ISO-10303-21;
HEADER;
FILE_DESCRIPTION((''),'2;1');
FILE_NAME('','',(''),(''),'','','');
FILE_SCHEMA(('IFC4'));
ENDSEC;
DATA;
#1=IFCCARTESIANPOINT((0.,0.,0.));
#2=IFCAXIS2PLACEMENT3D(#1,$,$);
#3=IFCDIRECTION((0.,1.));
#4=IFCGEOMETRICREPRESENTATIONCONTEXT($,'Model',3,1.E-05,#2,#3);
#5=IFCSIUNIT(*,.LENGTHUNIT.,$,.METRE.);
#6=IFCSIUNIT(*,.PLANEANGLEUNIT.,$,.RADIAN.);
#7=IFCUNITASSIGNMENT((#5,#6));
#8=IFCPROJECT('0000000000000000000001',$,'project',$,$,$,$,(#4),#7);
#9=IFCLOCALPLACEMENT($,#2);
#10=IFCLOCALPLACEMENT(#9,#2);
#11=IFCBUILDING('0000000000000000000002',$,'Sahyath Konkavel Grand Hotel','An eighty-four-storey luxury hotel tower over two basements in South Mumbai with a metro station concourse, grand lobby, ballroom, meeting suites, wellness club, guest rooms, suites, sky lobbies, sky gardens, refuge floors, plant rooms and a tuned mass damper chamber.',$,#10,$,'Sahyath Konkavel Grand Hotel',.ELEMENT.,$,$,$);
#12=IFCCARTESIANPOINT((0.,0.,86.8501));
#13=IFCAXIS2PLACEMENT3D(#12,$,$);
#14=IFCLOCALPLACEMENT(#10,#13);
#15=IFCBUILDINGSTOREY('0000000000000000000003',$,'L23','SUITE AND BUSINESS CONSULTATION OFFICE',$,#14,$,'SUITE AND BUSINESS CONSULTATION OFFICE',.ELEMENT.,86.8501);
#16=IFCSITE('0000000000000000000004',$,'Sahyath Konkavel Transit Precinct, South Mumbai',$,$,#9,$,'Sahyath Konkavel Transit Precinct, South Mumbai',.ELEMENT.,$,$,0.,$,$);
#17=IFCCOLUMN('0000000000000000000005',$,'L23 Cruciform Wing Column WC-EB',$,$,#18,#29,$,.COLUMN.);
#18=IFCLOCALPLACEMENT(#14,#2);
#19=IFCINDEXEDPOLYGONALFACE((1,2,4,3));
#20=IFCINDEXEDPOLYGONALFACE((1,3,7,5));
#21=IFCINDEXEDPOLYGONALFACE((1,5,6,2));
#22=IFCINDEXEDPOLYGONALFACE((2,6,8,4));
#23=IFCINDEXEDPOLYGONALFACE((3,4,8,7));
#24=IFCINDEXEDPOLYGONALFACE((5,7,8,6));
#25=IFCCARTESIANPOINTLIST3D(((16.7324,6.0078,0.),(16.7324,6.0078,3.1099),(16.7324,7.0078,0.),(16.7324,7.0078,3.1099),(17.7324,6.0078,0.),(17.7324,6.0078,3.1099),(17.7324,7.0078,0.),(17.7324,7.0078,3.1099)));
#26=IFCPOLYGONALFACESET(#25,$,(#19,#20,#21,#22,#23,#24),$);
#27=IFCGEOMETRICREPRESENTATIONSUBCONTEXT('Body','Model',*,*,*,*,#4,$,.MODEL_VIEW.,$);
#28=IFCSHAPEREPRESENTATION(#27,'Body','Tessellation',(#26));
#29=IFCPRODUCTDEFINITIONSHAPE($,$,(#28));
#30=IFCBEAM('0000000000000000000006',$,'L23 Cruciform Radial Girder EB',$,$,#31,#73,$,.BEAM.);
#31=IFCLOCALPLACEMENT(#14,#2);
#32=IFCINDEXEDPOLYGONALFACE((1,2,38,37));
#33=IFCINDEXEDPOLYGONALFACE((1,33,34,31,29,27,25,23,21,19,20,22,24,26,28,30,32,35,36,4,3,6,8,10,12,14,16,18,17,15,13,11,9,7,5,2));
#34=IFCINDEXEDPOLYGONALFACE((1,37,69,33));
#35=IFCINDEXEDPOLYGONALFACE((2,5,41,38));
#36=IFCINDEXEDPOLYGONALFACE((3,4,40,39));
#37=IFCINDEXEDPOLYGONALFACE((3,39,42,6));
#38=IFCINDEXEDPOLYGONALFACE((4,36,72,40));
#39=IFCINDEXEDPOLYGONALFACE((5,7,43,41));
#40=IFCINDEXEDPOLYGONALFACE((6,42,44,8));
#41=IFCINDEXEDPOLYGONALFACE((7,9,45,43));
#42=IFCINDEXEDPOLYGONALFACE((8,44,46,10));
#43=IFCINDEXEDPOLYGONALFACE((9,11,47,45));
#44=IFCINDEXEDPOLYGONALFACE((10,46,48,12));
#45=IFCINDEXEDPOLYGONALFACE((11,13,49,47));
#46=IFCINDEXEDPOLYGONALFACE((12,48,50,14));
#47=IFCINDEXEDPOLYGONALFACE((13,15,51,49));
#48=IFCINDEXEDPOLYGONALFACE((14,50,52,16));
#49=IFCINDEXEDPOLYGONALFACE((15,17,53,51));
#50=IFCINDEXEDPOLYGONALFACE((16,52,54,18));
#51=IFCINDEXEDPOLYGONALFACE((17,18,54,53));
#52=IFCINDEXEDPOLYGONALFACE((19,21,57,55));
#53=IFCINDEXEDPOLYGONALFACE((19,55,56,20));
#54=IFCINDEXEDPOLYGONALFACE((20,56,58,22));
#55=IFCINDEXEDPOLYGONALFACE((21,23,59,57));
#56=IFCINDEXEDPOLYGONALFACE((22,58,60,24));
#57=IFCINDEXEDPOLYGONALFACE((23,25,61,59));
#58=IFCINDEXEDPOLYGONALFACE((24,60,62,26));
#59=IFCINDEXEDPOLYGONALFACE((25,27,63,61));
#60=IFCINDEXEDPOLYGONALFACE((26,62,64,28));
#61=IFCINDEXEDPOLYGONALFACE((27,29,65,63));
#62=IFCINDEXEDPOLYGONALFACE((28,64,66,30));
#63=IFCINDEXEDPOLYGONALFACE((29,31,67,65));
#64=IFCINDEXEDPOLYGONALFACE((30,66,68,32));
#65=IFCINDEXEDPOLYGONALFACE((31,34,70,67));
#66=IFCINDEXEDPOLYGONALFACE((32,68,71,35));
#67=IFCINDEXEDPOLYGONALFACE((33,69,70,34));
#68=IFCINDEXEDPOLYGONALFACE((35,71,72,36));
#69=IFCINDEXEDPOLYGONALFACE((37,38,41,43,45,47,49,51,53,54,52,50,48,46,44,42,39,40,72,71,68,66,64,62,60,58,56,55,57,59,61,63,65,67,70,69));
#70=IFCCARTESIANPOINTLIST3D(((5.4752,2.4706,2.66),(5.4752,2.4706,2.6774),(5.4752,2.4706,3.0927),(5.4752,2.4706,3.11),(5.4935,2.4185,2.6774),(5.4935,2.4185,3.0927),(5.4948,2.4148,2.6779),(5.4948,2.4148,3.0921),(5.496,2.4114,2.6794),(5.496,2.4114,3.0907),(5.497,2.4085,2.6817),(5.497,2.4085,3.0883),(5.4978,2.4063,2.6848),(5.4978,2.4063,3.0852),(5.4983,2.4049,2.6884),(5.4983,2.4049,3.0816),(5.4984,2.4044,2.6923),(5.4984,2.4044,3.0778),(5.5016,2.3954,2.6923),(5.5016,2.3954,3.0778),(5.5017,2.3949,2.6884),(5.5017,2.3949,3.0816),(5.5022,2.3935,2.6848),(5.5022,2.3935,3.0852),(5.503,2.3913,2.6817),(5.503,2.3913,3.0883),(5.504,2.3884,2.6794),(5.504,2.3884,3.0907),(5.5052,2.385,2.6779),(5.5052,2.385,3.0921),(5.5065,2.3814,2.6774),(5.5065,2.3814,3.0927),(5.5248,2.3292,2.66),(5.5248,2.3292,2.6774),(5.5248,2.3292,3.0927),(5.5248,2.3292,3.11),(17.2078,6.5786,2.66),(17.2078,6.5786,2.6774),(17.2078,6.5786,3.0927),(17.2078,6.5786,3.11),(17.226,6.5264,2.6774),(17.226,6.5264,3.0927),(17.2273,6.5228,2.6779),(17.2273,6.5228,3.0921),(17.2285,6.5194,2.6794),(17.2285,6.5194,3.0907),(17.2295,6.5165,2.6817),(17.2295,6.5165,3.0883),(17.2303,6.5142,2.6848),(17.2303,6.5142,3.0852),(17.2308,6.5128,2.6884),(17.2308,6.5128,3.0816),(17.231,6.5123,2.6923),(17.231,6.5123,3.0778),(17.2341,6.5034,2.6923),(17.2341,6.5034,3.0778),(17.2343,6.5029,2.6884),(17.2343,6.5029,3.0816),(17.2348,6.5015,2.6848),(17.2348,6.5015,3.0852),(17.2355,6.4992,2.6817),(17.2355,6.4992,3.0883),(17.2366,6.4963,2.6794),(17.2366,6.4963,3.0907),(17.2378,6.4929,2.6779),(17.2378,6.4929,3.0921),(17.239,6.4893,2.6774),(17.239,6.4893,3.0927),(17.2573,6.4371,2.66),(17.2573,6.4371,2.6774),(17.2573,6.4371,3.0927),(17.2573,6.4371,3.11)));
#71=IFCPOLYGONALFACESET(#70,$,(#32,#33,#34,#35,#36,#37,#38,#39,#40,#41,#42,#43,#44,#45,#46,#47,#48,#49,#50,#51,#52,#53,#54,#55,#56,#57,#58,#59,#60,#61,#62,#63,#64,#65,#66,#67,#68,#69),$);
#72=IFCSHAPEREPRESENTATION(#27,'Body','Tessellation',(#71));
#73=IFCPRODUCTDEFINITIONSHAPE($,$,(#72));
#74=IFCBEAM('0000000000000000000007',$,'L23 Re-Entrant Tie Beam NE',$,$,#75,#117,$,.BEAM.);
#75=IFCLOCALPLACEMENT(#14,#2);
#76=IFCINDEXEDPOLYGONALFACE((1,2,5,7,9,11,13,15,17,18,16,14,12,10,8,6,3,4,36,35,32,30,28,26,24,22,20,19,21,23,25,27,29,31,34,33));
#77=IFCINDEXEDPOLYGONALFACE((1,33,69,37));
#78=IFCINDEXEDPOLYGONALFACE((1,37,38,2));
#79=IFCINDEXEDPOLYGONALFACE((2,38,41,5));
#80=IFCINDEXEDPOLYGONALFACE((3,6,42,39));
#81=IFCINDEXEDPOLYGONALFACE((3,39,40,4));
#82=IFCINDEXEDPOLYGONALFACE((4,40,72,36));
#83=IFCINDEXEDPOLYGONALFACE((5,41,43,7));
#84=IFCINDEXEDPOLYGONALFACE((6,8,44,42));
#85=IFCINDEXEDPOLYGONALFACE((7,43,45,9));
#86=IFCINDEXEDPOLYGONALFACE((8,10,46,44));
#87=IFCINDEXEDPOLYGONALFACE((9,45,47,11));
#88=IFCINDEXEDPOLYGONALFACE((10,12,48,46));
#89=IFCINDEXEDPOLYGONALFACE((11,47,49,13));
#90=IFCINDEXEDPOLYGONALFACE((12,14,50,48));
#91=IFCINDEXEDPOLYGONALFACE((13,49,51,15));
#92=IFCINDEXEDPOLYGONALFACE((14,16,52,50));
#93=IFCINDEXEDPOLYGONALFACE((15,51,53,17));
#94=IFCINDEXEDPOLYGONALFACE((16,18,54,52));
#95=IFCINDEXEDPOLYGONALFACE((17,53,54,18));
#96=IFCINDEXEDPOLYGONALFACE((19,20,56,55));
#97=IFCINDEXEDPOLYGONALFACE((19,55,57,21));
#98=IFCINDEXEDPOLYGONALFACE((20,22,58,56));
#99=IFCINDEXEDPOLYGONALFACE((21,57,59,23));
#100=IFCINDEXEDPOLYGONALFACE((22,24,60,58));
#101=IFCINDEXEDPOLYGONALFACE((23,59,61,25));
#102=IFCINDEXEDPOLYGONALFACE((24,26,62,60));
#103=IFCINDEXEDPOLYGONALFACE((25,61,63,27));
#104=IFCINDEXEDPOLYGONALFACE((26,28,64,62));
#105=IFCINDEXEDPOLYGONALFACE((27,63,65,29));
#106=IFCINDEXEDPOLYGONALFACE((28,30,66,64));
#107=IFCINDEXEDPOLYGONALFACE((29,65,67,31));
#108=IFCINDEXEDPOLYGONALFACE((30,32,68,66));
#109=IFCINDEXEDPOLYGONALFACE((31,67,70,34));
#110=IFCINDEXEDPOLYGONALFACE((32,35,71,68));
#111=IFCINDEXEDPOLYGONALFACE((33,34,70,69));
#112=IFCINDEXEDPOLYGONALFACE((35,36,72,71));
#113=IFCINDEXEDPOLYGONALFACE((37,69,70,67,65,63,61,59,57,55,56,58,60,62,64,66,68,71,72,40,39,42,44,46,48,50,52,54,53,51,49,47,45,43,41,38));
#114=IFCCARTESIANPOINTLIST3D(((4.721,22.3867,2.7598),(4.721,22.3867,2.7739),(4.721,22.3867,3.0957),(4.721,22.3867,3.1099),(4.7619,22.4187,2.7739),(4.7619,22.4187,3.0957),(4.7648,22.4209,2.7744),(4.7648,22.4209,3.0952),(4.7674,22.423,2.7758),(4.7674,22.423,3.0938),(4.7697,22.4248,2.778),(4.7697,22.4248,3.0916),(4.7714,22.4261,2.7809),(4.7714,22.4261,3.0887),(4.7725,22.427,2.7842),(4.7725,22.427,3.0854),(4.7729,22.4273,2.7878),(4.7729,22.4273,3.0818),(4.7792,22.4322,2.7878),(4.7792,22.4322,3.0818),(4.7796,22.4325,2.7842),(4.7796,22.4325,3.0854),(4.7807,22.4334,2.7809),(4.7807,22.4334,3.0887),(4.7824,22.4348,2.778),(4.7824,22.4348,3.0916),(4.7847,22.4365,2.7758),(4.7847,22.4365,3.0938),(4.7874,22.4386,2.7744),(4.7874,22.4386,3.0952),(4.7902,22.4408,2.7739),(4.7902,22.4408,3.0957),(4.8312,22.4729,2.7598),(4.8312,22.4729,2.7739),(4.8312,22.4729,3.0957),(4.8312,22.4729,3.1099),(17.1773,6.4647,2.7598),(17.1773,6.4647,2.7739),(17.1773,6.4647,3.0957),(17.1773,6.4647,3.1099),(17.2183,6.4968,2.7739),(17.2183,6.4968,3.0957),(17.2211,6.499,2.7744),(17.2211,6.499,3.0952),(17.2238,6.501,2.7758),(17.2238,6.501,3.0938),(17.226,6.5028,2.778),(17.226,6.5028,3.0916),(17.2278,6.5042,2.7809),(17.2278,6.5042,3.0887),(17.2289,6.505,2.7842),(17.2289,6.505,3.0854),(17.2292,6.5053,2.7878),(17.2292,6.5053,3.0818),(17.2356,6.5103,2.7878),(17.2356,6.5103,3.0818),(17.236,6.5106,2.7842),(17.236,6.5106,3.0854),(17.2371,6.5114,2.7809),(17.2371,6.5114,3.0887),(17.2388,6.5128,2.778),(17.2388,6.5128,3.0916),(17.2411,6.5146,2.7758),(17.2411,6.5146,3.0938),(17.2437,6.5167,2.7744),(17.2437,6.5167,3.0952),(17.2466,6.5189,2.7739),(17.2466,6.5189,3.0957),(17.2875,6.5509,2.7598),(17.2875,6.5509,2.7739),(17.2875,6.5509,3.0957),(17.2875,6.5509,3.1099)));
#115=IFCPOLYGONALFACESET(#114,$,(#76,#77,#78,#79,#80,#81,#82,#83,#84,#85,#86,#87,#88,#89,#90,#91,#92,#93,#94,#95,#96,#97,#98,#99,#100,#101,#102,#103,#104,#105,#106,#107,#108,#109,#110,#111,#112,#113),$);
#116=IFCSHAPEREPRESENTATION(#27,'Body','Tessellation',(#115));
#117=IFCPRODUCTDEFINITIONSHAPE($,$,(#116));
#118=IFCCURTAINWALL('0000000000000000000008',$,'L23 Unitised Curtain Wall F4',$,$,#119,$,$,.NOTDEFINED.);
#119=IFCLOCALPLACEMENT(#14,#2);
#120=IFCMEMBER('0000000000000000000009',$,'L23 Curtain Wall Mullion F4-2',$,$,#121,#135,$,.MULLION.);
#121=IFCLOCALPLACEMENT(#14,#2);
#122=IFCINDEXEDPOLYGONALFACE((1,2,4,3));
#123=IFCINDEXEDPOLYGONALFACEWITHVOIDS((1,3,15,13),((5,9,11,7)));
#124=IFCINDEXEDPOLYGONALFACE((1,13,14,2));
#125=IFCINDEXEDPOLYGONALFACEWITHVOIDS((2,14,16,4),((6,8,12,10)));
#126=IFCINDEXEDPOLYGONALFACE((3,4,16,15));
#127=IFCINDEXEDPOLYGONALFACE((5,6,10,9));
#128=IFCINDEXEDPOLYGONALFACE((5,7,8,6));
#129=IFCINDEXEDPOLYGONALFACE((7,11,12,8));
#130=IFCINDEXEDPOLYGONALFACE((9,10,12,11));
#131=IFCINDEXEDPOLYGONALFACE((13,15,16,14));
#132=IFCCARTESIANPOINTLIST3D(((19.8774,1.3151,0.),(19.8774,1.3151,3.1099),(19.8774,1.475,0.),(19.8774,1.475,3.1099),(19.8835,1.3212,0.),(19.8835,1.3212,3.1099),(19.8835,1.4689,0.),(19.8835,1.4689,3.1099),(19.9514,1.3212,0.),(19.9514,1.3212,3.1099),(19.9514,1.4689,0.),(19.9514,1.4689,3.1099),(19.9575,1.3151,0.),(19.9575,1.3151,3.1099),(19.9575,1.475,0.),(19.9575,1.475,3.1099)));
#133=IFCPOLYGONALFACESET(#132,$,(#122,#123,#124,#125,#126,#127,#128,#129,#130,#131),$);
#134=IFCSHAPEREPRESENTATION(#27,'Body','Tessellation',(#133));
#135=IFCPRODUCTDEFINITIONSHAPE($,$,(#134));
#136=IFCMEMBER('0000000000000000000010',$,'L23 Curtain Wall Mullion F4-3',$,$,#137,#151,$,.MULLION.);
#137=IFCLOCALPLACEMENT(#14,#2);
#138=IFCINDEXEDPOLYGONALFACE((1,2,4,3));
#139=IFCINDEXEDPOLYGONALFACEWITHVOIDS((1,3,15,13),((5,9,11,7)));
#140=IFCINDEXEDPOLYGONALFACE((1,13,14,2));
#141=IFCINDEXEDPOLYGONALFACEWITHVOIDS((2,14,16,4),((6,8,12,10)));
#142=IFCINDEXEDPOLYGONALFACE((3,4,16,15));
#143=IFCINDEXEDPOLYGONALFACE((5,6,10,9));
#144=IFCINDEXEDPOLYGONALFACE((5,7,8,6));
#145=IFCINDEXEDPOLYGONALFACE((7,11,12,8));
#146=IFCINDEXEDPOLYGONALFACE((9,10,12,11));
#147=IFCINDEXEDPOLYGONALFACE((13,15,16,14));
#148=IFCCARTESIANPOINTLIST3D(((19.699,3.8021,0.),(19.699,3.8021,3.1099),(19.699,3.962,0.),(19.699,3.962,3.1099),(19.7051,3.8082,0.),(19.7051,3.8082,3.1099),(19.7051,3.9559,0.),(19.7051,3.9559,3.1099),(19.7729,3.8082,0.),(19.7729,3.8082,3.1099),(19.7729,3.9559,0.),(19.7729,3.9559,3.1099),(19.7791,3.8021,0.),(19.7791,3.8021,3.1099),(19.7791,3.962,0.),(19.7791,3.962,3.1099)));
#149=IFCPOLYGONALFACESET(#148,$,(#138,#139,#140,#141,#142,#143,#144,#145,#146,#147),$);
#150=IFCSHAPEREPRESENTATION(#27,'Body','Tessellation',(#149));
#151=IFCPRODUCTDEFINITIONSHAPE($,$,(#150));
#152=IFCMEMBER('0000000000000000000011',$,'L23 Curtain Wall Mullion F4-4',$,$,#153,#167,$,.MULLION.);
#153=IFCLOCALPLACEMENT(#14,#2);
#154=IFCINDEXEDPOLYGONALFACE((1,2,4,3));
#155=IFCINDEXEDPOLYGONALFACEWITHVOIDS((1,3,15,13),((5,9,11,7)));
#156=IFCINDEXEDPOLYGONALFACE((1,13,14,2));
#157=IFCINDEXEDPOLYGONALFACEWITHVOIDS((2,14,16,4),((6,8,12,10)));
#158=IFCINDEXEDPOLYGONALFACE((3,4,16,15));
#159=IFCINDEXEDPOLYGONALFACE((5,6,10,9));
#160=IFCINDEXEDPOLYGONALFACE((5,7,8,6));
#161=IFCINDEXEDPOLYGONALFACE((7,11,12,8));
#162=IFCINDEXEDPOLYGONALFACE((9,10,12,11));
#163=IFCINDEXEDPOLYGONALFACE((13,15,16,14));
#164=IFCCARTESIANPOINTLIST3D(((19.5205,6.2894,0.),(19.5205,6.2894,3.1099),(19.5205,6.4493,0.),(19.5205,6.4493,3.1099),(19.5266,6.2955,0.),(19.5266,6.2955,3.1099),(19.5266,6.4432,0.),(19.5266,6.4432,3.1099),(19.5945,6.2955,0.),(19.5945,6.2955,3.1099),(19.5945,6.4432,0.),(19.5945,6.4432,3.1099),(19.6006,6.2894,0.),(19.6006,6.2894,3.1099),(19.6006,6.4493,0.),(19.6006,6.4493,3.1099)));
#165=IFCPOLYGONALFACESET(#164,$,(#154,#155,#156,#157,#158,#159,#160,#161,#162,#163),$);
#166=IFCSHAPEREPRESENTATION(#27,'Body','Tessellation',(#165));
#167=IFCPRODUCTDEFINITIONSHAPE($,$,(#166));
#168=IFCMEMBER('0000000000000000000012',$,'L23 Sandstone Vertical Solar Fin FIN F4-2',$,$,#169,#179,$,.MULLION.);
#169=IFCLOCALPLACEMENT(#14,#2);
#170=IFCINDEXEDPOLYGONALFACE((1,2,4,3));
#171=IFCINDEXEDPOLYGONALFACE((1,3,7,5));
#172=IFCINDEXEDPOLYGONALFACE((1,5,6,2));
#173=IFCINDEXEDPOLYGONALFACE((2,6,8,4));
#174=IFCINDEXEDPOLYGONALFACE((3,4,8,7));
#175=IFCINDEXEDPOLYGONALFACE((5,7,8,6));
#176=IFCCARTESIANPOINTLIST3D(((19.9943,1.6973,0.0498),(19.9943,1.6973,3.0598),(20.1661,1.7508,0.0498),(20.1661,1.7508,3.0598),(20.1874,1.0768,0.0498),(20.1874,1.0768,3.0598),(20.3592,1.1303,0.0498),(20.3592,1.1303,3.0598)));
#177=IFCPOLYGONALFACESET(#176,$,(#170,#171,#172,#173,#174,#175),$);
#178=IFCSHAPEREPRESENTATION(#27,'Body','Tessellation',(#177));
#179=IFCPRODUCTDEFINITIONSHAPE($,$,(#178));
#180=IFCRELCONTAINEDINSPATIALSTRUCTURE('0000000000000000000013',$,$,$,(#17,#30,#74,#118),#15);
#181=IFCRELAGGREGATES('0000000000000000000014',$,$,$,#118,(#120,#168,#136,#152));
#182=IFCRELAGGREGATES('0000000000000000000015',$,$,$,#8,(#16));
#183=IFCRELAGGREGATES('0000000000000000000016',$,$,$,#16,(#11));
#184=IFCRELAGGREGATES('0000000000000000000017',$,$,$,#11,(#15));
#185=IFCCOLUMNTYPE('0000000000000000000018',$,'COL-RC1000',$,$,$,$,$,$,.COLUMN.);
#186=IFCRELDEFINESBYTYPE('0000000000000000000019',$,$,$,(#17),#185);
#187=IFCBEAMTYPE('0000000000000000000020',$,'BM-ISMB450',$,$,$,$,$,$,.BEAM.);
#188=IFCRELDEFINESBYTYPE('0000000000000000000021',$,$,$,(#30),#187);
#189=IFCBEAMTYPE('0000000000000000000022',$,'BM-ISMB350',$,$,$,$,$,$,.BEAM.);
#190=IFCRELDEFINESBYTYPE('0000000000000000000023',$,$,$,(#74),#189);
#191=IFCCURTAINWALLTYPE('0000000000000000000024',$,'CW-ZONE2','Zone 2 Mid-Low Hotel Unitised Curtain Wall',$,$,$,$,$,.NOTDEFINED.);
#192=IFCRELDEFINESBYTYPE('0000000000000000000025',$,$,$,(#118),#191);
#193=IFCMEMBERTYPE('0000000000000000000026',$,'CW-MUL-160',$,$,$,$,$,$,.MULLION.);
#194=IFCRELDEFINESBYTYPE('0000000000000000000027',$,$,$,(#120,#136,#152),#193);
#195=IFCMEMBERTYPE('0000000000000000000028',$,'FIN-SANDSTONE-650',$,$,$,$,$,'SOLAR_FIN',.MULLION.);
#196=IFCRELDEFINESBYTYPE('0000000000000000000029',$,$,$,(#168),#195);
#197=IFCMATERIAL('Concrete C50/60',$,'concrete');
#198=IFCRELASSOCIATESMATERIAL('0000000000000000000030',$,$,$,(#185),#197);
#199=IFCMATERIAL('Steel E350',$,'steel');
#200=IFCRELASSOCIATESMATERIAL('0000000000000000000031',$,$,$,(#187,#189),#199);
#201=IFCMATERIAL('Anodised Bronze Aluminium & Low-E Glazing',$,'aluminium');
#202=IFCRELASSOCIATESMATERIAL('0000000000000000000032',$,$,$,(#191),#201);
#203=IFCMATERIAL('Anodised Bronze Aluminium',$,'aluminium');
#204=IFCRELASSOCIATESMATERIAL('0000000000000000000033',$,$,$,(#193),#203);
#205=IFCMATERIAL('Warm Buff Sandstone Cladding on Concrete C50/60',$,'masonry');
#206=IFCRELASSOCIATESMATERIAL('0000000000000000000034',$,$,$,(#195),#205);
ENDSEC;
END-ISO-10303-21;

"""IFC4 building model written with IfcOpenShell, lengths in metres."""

from ifc_helpers import new_model, si_unit, direction, frame, origin, origin_2d, place, context, subcontext, project, spatial, rectangle, hollow_rectangle, i_section, extrude, source, transform, mapped, material, material_profile, profile_set, type_object, element, aggregate, save


model = new_model("IFC4")

# Units and contexts
model_context = context("Model", 3, precision=1e-05, world=origin(), true_north=direction((0.0, 1.0)))
body_context = subcontext(model_context, "Body", "Model", "MODEL_VIEW")
ifc_project = project(units=[si_unit("LENGTHUNIT", "METRE"), si_unit("PLANEANGLEUNIT", "RADIAN")], contexts=[model_context])

# Site, building, storey
site_placement = place(None, origin())
site = spatial("IfcSite", under=ifc_project, at=site_placement, Name="Sahyath Konkavel Transit Precinct, South Mumbai", LongName="Sahyath Konkavel Transit Precinct, South Mumbai", CompositionType="ELEMENT", RefElevation=0.0)
building_placement = place(site_placement, origin())
building = spatial("IfcBuilding", under=site, at=building_placement, Name="Sahyath Konkavel Grand Hotel", Description="An eighty-four-storey luxury hotel tower over two basements in South Mumbai with a metro station concourse, grand lobby, ballroom, meeting suites, wellness club, guest rooms, suites, sky lobbies, sky gardens, refuge floors, plant rooms and a tuned mass damper chamber.", LongName="Sahyath Konkavel Grand Hotel", CompositionType="ELEMENT")
storey_placement = place(building_placement, frame((0.0, 0.0, 86.8501)))
storey = spatial("IfcBuildingStorey", under=building, at=storey_placement, Name="L23", Description="SUITE AND BUSINESS CONSULTATION OFFICE", LongName="SUITE AND BUSINESS CONSULTATION OFFICE", CompositionType="ELEMENT", Elevation=86.8501)

# Column
ifc_material_1 = material(Name="Concrete C50/60", Category="concrete")
ifc_material_profile_1 = material_profile(ifc_material_1, rectangle(XDim=1.0, YDim=1.0, at=origin_2d()), Name="RC 1000x1000")
ifc_profile_set_1 = profile_set([ifc_material_profile_1], Name="Concrete C50/60")
column_type = type_object("IfcColumnType", Name="COL-RC1000", PredefinedType="COLUMN", material=ifc_profile_set_1)
shared_shape_1 = source(origin(), body_context, "Body", "SweptSolid", [
    extrude(rectangle(XDim=1.0, YDim=1.0, at=origin_2d()), origin(), (0.0, 0.0, 1.0), 3.1099),
])
column_placement = place(storey_placement, frame((17.2324, 6.5078, 0.0), z_axis=(0.0, 0.0, 1.0), x_axis=(1.0, 0.0, 0.0)))
element("IfcColumn", 1, at=column_placement, inside=storey, type_object=column_type, Name="L23 Cruciform Wing Column WC-EB", PredefinedType="COLUMN", context=body_context, shape_type="MappedRepresentation", body=[
    mapped(shared_shape_1, transform((0.0, 0.0, 0.0), scale=1.0)),
])

# Beams
ifc_material_2 = material(Name="Steel E350", Category="steel")
ifc_material_profile_2 = material_profile(ifc_material_2, i_section(OverallWidth=0.1499, OverallDepth=0.45, WebThickness=0.0095, FlangeThickness=0.0173, FilletRadius=0.0149, at=origin_2d()), Name="ISMB 450")
ifc_profile_set_2 = profile_set([ifc_material_profile_2], Name="Steel E350")
beam_type_1 = type_object("IfcBeamType", Name="BM-ISMB450", PredefinedType="BEAM", material=ifc_profile_set_2)
shared_shape_2 = source(origin(), body_context, "Body", "SweptSolid", [
    extrude(i_section(OverallWidth=0.1499, OverallDepth=0.45, WebThickness=0.0095, FlangeThickness=0.0173, FilletRadius=0.0149, at=origin_2d()), origin(), (0.0, 0.0, 1.0), 12.4309),
])
beam_1_placement = place(storey_placement, frame((5.5, 2.3999, 2.885), z_axis=(0.943819, 0.330462, 0.0), x_axis=(-0.330462, 0.943819, 0.0)))
element("IfcBeam", 2, at=beam_1_placement, inside=storey, type_object=beam_type_1, Name="L23 Cruciform Radial Girder EB", PredefinedType="BEAM", context=body_context, shape_type="MappedRepresentation", body=[
    mapped(shared_shape_2, transform((0.0, 0.0, 0.0), scale=1.0)),
])
ifc_material_profile_3 = material_profile(ifc_material_2, i_section(OverallWidth=0.1399, OverallDepth=0.3501, WebThickness=0.0081, FlangeThickness=0.0142, FilletRadius=0.0139, at=origin_2d()), Name="ISMB 350")
ifc_profile_set_3 = profile_set([ifc_material_profile_3], Name="Steel E350")
beam_type_2 = type_object("IfcBeamType", Name="BM-ISMB350", PredefinedType="BEAM", material=ifc_profile_set_3)
shared_shape_3 = source(origin(), body_context, "Body", "SweptSolid", [
    extrude(i_section(OverallWidth=0.1399, OverallDepth=0.3501, WebThickness=0.0081, FlangeThickness=0.0142, FilletRadius=0.0139, at=origin_2d()), origin(), (0.0, 0.0, 1.0), 20.2156),
])
beam_2_placement = place(storey_placement, frame((17.2324, 6.5078, 2.9348), z_axis=(-0.616176, 0.787608, 0.0), x_axis=(-0.787608, -0.616176, 0.0)))
element("IfcBeam", 3, at=beam_2_placement, inside=storey, type_object=beam_type_2, Name="L23 Re-Entrant Tie Beam NE", PredefinedType="BEAM", context=body_context, shape_type="MappedRepresentation", body=[
    mapped(shared_shape_3, transform((0.0, 0.0, 0.0), scale=1.0)),
])

# Curtain wall, members
ifc_material_3 = material(Name="Anodised Bronze Aluminium & Low-E Glazing", Category="aluminium")
curtain_wall_type = type_object("IfcCurtainWallType", Name="CW-ZONE2", Description="Zone 2 Mid-Low Hotel Unitised Curtain Wall", PredefinedType="NOTDEFINED", material=ifc_material_3)
curtain_wall_placement = place(storey_placement, origin())
curtain_wall = element("IfcCurtainWall", 4, at=curtain_wall_placement, inside=storey, type_object=curtain_wall_type, Name="L23 Unitised Curtain Wall F4", PredefinedType="NOTDEFINED")
ifc_material_4 = material(Name="Anodised Bronze Aluminium", Category="aluminium")
ifc_material_profile_4 = material_profile(ifc_material_4, hollow_rectangle(XDim=0.0801, YDim=0.1599, WallThickness=0.0061, at=origin_2d()), Name="RHS 160x80x6")
ifc_profile_set_4 = profile_set([ifc_material_profile_4], Name="Anodised Bronze Aluminium")
member_type_1 = type_object("IfcMemberType", Name="CW-MUL-160", PredefinedType="MULLION", material=ifc_profile_set_4)
shared_shape_4 = source(origin(), body_context, "Body", "SweptSolid", [
    extrude(hollow_rectangle(XDim=0.0801, YDim=0.1599, WallThickness=0.0061, at=origin_2d()), origin(), (0.0, 0.0, 1.0), 3.1099),
])
member_1_placement = place(storey_placement, frame((19.9175, 1.395, 0.0), z_axis=(0.0, 0.0, 1.0), x_axis=(1.0, 0.0, 0.0)))
member_1 = element("IfcMember", 5, at=member_1_placement, type_object=member_type_1, Name="L23 Curtain Wall Mullion F4-2", PredefinedType="MULLION", context=body_context, shape_type="MappedRepresentation", body=[
    mapped(shared_shape_4, transform((0.0, 0.0, 0.0), scale=1.0)),
])
member_2_placement = place(storey_placement, frame((19.739, 3.8821, 0.0), z_axis=(0.0, 0.0, 1.0), x_axis=(1.0, 0.0, 0.0)))
member_2 = element("IfcMember", 6, at=member_2_placement, type_object=member_type_1, Name="L23 Curtain Wall Mullion F4-3", PredefinedType="MULLION", context=body_context, shape_type="MappedRepresentation", body=[
    mapped(shared_shape_4, transform((0.0, 0.0, 0.0), scale=1.0)),
])
member_3_placement = place(storey_placement, frame((19.5605, 6.3694, 0.0), z_axis=(0.0, 0.0, 1.0), x_axis=(1.0, 0.0, 0.0)))
member_3 = element("IfcMember", 7, at=member_3_placement, type_object=member_type_1, Name="L23 Curtain Wall Mullion F4-4", PredefinedType="MULLION", context=body_context, shape_type="MappedRepresentation", body=[
    mapped(shared_shape_4, transform((0.0, 0.0, 0.0), scale=1.0)),
])
ifc_material_5 = material(Name="Warm Buff Sandstone Cladding on Concrete C50/60", Category="masonry")
ifc_material_profile_5 = material_profile(ifc_material_5, rectangle(XDim=0.1799, YDim=0.6499, at=origin_2d()), Name="FIN 180x650")
ifc_profile_set_5 = profile_set([ifc_material_profile_5], Name="Warm Buff Sandstone Cladding on Concrete C50/60")
member_type_2 = type_object("IfcMemberType", Name="FIN-SANDSTONE-650", ElementType="SOLAR_FIN", PredefinedType="MULLION", material=ifc_profile_set_5)
shared_shape_5 = source(origin(), body_context, "Body", "SweptSolid", [
    extrude(rectangle(XDim=0.1799, YDim=0.6499, at=origin_2d()), origin(), (0.0, 0.0, 1.0), 3.01),
])
member_4_placement = place(storey_placement, frame((20.1768, 1.4138, 0.0498), z_axis=(0.0, 0.0, 1.0), x_axis=(0.954813, 0.297208, 0.0)))
member_4 = element("IfcMember", 8, at=member_4_placement, type_object=member_type_2, Name="L23 Sandstone Vertical Solar Fin FIN F4-2", PredefinedType="MULLION", context=body_context, shape_type="MappedRepresentation", body=[
    mapped(shared_shape_5, transform((0.0, 0.0, 0.0), scale=1.0)),
])

aggregate(curtain_wall, [member_1, member_4, member_2, member_3])

save(model, "model.ifc")
